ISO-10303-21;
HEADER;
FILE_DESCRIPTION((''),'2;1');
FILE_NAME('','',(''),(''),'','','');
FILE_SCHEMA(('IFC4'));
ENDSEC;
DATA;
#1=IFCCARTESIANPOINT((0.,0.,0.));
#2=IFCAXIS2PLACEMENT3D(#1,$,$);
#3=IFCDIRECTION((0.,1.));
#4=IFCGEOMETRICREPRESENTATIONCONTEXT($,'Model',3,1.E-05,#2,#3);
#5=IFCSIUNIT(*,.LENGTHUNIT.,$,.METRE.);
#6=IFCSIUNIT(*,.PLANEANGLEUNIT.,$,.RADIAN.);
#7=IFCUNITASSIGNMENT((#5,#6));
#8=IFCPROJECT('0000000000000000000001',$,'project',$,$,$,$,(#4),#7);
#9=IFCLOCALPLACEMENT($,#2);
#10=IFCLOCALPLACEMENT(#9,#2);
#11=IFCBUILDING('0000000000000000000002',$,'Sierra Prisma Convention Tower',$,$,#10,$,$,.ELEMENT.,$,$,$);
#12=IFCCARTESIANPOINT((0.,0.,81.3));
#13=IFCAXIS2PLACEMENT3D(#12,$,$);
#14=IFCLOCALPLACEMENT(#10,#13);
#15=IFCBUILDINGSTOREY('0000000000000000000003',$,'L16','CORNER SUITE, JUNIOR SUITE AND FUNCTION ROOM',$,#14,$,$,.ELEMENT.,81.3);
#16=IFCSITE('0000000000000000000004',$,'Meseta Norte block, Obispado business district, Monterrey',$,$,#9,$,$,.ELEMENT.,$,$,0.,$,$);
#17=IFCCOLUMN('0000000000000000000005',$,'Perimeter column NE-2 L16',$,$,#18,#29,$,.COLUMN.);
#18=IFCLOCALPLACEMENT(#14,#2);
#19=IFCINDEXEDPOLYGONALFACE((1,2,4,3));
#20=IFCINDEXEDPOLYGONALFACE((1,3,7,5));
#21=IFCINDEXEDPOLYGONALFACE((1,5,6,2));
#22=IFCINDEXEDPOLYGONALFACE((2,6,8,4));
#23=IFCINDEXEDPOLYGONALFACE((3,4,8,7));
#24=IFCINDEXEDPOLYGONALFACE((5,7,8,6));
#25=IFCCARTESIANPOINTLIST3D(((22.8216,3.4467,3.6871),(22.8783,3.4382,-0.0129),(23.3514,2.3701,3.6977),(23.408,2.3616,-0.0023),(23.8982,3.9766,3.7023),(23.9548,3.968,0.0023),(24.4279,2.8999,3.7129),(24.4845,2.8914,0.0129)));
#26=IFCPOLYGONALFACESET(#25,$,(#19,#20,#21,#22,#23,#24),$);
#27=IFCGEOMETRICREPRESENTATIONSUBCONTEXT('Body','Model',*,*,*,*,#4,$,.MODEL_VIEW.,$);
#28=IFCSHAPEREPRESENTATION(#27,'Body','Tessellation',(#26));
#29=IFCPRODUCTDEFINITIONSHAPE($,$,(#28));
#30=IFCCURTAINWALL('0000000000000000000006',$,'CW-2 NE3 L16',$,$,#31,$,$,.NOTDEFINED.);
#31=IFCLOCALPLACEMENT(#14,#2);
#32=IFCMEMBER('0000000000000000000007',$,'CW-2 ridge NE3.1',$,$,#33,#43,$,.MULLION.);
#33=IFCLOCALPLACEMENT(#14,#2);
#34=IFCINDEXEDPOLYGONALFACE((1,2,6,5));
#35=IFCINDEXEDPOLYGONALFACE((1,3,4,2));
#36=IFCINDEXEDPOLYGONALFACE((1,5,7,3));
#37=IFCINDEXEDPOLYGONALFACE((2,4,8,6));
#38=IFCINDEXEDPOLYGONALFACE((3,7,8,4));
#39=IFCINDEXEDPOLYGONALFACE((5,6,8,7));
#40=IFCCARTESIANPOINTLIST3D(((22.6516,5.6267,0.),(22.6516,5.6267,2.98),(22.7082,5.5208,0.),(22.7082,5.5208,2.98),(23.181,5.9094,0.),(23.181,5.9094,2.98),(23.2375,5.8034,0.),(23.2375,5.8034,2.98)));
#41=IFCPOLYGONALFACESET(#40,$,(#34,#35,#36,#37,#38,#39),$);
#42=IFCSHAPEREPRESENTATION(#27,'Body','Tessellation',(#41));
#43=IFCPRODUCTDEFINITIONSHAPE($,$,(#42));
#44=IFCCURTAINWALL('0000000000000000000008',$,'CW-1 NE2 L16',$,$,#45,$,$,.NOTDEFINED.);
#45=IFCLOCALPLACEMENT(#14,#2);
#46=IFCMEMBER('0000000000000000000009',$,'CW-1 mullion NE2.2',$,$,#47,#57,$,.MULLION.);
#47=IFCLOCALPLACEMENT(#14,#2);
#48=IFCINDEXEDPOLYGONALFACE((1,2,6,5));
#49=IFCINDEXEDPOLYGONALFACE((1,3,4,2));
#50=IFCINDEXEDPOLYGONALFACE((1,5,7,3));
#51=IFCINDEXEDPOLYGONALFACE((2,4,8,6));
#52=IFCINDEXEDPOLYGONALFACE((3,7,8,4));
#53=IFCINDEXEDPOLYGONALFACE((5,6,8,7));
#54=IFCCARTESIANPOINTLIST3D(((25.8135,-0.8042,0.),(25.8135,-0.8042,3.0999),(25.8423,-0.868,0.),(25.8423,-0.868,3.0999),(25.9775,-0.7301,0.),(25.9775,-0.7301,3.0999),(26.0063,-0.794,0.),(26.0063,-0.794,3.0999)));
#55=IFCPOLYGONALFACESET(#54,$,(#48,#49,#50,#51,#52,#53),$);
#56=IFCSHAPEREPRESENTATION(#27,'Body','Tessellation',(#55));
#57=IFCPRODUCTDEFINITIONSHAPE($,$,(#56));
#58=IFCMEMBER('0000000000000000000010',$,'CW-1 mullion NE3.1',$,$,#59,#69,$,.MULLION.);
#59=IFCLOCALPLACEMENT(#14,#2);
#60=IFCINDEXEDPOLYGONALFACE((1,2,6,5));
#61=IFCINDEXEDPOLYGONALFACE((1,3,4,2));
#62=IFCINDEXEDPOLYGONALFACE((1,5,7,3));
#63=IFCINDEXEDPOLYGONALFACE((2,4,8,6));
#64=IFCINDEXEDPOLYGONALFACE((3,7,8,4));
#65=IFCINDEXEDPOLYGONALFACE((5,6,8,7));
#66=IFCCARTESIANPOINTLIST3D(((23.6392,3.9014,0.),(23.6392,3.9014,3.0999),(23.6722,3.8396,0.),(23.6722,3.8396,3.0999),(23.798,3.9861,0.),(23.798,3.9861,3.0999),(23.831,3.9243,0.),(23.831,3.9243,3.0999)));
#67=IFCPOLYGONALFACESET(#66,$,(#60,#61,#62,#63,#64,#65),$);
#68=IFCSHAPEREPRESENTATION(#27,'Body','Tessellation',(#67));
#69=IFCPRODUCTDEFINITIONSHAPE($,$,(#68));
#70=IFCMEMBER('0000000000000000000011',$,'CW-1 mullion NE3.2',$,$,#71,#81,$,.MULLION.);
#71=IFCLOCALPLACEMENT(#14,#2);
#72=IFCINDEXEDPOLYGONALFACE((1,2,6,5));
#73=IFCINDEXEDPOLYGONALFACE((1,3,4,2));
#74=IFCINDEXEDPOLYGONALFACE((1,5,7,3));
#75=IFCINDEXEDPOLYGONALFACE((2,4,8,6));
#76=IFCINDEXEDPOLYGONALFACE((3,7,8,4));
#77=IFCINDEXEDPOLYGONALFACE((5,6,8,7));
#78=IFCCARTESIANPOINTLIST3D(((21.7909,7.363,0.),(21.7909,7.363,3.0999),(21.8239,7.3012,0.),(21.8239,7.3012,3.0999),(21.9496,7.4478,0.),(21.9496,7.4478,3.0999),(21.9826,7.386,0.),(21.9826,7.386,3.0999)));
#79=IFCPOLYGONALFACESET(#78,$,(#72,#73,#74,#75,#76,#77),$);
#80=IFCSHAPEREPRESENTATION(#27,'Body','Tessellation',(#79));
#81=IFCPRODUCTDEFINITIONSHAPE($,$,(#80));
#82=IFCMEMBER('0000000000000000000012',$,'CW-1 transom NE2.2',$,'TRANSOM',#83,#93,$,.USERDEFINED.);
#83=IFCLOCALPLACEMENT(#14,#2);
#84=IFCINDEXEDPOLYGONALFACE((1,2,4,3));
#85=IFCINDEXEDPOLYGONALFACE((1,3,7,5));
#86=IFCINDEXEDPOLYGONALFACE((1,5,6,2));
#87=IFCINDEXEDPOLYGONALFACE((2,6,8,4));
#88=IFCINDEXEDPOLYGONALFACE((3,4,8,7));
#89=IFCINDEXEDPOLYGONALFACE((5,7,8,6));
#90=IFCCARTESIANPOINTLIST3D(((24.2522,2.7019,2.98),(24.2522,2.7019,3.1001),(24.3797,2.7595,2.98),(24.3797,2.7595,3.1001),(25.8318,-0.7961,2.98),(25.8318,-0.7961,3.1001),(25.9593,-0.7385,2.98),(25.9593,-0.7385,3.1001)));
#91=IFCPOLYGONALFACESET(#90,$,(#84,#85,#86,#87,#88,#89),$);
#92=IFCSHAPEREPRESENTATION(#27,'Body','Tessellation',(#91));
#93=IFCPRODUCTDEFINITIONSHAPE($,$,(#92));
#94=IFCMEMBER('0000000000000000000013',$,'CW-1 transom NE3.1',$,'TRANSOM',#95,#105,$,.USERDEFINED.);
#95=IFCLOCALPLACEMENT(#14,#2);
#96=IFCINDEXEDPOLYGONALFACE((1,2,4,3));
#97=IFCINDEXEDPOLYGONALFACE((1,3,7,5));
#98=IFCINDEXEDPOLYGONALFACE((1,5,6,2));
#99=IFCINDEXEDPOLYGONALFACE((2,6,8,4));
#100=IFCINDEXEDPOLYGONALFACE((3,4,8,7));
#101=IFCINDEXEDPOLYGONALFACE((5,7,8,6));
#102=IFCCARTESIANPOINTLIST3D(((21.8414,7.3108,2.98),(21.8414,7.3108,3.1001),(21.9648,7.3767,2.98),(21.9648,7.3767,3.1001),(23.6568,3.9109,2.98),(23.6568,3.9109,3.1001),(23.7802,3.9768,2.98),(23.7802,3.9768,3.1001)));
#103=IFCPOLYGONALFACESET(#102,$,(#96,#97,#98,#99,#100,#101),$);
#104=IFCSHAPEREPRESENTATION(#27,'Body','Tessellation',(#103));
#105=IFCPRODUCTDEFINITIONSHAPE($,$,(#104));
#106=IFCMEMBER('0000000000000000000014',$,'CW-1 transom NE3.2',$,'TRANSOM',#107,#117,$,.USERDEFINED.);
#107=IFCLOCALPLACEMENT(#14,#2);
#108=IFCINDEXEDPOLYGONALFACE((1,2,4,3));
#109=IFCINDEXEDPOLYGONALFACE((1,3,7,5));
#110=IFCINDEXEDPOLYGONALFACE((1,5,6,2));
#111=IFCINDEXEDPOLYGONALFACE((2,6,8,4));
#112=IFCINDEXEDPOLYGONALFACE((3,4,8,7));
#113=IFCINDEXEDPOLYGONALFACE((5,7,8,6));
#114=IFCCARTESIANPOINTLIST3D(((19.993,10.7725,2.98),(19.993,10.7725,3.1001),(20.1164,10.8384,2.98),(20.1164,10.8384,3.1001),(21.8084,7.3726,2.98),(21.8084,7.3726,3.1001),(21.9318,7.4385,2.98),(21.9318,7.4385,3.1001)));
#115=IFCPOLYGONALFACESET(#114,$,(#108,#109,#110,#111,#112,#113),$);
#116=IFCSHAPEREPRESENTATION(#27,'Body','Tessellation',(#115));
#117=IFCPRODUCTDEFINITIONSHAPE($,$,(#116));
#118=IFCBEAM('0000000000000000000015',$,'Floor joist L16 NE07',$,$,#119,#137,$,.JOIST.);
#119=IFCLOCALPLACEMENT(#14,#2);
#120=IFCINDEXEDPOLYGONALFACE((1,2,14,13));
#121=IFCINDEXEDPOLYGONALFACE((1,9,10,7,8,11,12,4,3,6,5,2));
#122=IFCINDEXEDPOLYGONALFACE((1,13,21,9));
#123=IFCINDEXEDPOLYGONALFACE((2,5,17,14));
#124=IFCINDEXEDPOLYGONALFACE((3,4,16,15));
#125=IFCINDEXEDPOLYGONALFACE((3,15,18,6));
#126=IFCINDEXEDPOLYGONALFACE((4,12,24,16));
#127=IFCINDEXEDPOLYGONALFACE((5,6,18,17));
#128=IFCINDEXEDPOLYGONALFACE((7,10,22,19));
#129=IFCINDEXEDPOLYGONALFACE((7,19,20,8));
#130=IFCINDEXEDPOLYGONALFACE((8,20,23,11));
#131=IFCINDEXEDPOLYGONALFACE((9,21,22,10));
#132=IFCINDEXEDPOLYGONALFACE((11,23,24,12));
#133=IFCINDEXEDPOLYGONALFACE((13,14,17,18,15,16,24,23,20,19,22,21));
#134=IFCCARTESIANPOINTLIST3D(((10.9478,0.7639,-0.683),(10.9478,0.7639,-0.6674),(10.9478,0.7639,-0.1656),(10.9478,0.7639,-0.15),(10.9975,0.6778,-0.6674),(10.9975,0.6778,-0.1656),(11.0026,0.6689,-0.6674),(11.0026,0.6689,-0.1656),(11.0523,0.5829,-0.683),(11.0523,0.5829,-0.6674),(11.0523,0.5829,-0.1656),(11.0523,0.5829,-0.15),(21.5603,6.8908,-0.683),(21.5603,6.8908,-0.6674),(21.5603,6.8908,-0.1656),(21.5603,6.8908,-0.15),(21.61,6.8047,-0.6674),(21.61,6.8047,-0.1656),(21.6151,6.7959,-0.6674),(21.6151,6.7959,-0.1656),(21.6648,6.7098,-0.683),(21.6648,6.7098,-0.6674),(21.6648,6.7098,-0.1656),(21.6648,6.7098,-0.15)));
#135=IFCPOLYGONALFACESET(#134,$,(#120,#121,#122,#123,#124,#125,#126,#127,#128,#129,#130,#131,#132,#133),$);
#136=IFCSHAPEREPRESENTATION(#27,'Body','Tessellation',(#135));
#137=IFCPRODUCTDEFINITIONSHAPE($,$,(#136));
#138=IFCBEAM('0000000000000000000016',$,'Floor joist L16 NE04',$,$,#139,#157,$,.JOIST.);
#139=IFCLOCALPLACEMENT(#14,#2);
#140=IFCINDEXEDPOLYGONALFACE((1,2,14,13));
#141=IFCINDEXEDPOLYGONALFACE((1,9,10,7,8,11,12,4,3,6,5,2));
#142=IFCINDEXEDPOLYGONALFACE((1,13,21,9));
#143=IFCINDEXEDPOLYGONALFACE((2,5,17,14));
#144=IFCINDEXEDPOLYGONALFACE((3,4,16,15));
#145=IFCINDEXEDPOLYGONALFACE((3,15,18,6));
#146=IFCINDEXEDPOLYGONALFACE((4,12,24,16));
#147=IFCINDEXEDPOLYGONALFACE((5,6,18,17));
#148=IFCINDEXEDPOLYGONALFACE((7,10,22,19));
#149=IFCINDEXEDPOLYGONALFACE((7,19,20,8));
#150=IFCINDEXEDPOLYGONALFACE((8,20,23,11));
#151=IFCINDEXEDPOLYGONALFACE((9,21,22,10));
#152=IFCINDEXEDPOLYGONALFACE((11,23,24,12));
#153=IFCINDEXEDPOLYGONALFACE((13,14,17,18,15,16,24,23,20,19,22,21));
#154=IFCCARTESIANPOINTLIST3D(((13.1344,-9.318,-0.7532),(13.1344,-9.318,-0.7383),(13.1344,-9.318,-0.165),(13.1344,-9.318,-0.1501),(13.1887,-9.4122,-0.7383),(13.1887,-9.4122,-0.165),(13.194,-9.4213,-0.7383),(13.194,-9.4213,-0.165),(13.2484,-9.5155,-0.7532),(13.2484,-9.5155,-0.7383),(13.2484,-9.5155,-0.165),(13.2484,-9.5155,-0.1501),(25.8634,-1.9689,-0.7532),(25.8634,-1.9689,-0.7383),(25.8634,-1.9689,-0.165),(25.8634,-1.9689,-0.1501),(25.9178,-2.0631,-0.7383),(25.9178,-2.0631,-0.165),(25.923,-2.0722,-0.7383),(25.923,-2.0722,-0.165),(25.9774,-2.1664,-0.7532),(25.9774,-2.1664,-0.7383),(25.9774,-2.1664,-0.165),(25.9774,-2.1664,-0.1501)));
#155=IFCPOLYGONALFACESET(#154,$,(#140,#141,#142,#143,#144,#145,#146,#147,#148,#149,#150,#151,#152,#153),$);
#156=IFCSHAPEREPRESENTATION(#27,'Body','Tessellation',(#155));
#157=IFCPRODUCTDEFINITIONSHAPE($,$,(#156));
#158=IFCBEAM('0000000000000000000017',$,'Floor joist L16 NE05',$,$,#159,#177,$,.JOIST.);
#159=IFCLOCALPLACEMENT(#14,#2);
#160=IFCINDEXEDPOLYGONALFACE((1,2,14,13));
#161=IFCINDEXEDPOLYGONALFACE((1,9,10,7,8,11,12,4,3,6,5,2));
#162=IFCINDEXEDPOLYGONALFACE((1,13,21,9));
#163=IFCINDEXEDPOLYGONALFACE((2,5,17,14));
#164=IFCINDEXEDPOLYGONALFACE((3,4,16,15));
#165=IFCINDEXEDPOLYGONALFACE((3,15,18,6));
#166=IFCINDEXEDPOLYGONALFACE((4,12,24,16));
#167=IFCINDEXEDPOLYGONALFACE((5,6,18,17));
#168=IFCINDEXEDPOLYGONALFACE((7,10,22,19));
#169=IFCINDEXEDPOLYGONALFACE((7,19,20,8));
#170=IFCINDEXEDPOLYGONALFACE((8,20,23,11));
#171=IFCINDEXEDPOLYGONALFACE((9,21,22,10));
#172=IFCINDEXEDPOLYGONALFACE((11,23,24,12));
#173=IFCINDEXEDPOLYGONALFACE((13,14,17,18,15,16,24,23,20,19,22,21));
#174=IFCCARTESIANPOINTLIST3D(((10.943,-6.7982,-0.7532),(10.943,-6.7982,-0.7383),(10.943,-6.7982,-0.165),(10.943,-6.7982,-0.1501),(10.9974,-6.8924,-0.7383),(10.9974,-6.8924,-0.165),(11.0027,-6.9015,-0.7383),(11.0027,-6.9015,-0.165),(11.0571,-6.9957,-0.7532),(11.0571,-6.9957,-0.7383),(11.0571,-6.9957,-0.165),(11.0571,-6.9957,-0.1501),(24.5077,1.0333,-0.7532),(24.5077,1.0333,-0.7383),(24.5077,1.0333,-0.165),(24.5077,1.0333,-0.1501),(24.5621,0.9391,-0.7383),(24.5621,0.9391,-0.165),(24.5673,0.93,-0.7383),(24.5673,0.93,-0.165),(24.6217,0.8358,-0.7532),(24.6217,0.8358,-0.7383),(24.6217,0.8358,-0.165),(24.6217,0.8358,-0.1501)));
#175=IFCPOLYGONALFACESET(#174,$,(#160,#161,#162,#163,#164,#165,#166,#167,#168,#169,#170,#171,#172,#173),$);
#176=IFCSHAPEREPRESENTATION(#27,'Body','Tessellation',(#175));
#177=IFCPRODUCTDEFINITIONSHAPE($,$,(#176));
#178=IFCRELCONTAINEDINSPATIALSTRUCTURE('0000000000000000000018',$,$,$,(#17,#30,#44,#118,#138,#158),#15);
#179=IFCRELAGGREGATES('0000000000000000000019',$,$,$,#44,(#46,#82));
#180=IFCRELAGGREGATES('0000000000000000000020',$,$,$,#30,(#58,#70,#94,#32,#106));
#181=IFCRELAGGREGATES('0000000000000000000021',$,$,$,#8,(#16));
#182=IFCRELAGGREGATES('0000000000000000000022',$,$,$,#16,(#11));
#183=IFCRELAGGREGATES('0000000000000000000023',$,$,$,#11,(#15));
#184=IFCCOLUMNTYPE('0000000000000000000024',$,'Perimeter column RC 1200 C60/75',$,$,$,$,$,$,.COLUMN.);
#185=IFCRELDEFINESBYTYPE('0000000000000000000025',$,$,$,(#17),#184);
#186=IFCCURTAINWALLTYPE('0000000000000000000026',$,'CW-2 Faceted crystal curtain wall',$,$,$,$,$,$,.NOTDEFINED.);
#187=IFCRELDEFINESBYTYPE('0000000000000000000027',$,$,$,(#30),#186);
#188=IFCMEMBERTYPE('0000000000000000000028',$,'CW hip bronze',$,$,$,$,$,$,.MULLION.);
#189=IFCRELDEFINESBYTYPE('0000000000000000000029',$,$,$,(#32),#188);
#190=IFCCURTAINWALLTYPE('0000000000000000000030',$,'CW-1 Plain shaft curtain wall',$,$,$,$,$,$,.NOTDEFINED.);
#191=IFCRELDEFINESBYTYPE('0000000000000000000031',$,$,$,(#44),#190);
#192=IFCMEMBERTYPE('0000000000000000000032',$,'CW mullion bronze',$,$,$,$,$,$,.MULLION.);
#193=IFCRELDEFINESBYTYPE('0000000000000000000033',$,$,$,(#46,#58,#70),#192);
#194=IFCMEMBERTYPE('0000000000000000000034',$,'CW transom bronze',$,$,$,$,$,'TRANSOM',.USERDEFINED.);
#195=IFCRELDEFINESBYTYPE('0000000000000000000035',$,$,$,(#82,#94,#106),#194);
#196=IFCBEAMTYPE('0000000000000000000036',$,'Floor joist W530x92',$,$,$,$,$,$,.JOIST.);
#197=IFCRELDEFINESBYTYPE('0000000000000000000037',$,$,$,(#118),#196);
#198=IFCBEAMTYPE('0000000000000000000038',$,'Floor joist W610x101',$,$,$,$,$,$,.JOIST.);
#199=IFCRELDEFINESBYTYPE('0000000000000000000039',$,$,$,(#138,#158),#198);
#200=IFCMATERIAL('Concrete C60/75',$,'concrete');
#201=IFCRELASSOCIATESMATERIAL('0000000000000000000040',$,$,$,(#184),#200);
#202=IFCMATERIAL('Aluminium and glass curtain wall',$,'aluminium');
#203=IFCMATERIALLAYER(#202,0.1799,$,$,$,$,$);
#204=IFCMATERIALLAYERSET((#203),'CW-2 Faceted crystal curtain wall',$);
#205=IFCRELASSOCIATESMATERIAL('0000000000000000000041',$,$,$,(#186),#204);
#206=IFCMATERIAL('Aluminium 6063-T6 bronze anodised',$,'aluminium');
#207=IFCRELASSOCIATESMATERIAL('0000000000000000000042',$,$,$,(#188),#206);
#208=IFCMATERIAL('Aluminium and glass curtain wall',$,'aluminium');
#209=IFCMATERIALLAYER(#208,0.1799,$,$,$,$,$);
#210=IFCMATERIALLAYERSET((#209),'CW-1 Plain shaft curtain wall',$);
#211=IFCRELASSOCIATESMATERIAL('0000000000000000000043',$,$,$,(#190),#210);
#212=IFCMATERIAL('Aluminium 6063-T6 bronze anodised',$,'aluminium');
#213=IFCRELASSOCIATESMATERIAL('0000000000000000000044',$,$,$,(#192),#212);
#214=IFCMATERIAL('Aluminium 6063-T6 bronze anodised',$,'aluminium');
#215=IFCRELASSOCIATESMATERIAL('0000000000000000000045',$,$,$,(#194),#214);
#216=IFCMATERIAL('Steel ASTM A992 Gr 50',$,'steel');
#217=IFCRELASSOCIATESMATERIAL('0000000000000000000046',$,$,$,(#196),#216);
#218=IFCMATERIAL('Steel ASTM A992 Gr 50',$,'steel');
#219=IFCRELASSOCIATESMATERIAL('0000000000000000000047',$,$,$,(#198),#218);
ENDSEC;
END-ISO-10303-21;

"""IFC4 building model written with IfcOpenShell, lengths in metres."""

from ifc_helpers import new_model, si_unit, direction, frame, origin, origin_2d, place, context, subcontext, project, spatial, rectangle, i_section, extrude, material, layer, layer_set, material_profile, profile_set, type_object, element, aggregate, save


model = new_model("IFC4")

# Units and contexts
model_context = context("Model", 3, precision=1e-05, world=origin(), true_north=direction((0.0, 1.0)))
body_context = subcontext(model_context, "Body", "Model", "MODEL_VIEW")
ifc_project = project(units=[si_unit("LENGTHUNIT", "METRE"), si_unit("PLANEANGLEUNIT", "RADIAN")], contexts=[model_context])

# Site, building, storey
site_placement = place(None, origin())
site = spatial("IfcSite", under=ifc_project, at=site_placement, Name="Meseta Norte block, Obispado business district, Monterrey", CompositionType="ELEMENT", RefElevation=0.0)
building_placement = place(site_placement, origin())
building = spatial("IfcBuilding", under=site, at=building_placement, Name="Sierra Prisma Convention Tower", CompositionType="ELEMENT")
storey_placement = place(building_placement, frame((0.0, 0.0, 81.3)))
storey = spatial("IfcBuildingStorey", under=building, at=storey_placement, Name="L16", Description="CORNER SUITE, JUNIOR SUITE AND FUNCTION ROOM", CompositionType="ELEMENT", Elevation=81.3)

# Column
ifc_material_1 = material(Name="Concrete C60/75", Category="concrete")
ifc_material_profile_1 = material_profile(ifc_material_1, rectangle(XDim=1.2, YDim=1.2, at=origin_2d()), Name="Perimeter column RC 1200 C60/75")
ifc_profile_set_1 = profile_set([ifc_material_profile_1], Name="Concrete C60/75")
column_type = type_object("IfcColumnType", Name="Perimeter column RC 1200 C60/75", PredefinedType="COLUMN", material=ifc_profile_set_1)
column_placement = place(storey_placement, frame((23.6814, 3.1648, 0.0), z_axis=(-0.015307, 0.002309, 0.99988), x_axis=(-0.441467, 0.897234, -0.00883)))
element("IfcColumn", 1, at=column_placement, inside=storey, type_object=column_type, Name="Perimeter column NE-2 L16", PredefinedType="COLUMN", context=body_context, shape_type="SweptSolid", body=[
    extrude(rectangle(XDim=1.2, YDim=1.2, at=origin_2d()), origin(), (0.0, 0.0, 1.0), 3.7004),
])

# Curtain walls, members
ifc_material_2 = material(Name="Aluminium and glass curtain wall", Category="aluminium")
ifc_layer_1 = layer(ifc_material_2, 0.1799)
ifc_layer_set_1 = layer_set([ifc_layer_1], Name="CW-2 Faceted crystal curtain wall")
curtain_wall_type_1 = type_object("IfcCurtainWallType", Name="CW-2 Faceted crystal curtain wall", PredefinedType="NOTDEFINED", material=ifc_layer_set_1)
curtain_wall_1_placement = place(storey_placement, origin())
curtain_wall_1 = element("IfcCurtainWall", 2, at=curtain_wall_1_placement, inside=storey, type_object=curtain_wall_type_1, Name="CW-2 NE3 L16", PredefinedType="NOTDEFINED")
ifc_material_3 = material(Name="Aluminium 6063-T6 bronze anodised", Category="aluminium")
ifc_material_profile_2 = material_profile(ifc_material_3, rectangle(XDim=0.1201, YDim=0.6001, at=origin_2d()), Name="ALU RIDGE BLADE 120x600")
ifc_profile_set_2 = profile_set([ifc_material_profile_2], Name="Aluminium 6063-T6 bronze anodised")
member_type_1 = type_object("IfcMemberType", Name="CW hip bronze", PredefinedType="MULLION", material=ifc_profile_set_2)
member_1_placement = place(storey_placement, frame((22.9446, 5.7151, 0.0), z_axis=(0.0, 0.0, 1.0), x_axis=(-0.471018, 0.882123, 0.0)))
member_1 = element("IfcMember", 3, at=member_1_placement, type_object=member_type_1, Name="CW-2 ridge NE3.1", PredefinedType="MULLION", context=body_context, shape_type="SweptSolid", body=[
    extrude(rectangle(XDim=0.1201, YDim=0.6001, at=origin_2d()), origin(), (0.0, 0.0, 1.0), 2.98),
])
ifc_material_4 = material(Name="Aluminium and glass curtain wall", Category="aluminium")
ifc_layer_2 = layer(ifc_material_4, 0.1799)
ifc_layer_set_2 = layer_set([ifc_layer_2], Name="CW-1 Plain shaft curtain wall")
curtain_wall_type_2 = type_object("IfcCurtainWallType", Name="CW-1 Plain shaft curtain wall", PredefinedType="NOTDEFINED", material=ifc_layer_set_2)
curtain_wall_2_placement = place(storey_placement, origin())
curtain_wall_2 = element("IfcCurtainWall", 4, at=curtain_wall_2_placement, inside=storey, type_object=curtain_wall_type_2, Name="CW-1 NE2 L16", PredefinedType="NOTDEFINED")
ifc_material_5 = material(Name="Aluminium 6063-T6 bronze anodised", Category="aluminium")
ifc_material_profile_3 = material_profile(ifc_material_5, rectangle(XDim=0.1799, YDim=0.0701, at=origin_2d()), Name="ALU MULLION 70x180")
ifc_profile_set_3 = profile_set([ifc_material_profile_3], Name="Aluminium 6063-T6 bronze anodised")
member_type_2 = type_object("IfcMemberType", Name="CW mullion bronze", PredefinedType="MULLION", material=ifc_profile_set_3)
member_2_placement = place(storey_placement, frame((25.9099, -0.7991, 0.0), z_axis=(0.0, 0.0, 1.0), x_axis=(-0.911394, -0.411534, 0.0)))
member_2 = element("IfcMember", 5, at=member_2_placement, type_object=member_type_2, Name="CW-1 mullion NE2.2", PredefinedType="MULLION", context=body_context, shape_type="SweptSolid", body=[
    extrude(rectangle(XDim=0.1799, YDim=0.0701, at=origin_2d()), origin(), (0.0, 0.0, 1.0), 3.0999),
])

# Members
member_3_placement = place(storey_placement, frame((23.7351, 3.9128, 0.0), z_axis=(0.0, 0.0, 1.0), x_axis=(-0.882123, -0.471018, 0.0)))
member_3 = element("IfcMember", 6, at=member_3_placement, type_object=member_type_2, Name="CW-1 mullion NE3.1", PredefinedType="MULLION", context=body_context, shape_type="SweptSolid", body=[
    extrude(rectangle(XDim=0.1799, YDim=0.0701, at=origin_2d()), origin(), (0.0, 0.0, 1.0), 3.0999),
])
member_4_placement = place(storey_placement, frame((21.8867, 7.3745, 0.0), z_axis=(0.0, 0.0, 1.0), x_axis=(-0.882123, -0.471018, 0.0)))
member_4 = element("IfcMember", 7, at=member_4_placement, type_object=member_type_2, Name="CW-1 mullion NE3.2", PredefinedType="MULLION", context=body_context, shape_type="SweptSolid", body=[
    extrude(rectangle(XDim=0.1799, YDim=0.0701, at=origin_2d()), origin(), (0.0, 0.0, 1.0), 3.0999),
])
ifc_material_6 = material(Name="Aluminium 6063-T6 bronze anodised", Category="aluminium")
ifc_material_profile_4 = material_profile(ifc_material_6, rectangle(XDim=0.1399, YDim=0.1201, at=origin_2d()), Name="ALU TRANSOM 120x140")
ifc_profile_set_4 = profile_set([ifc_material_profile_4], Name="Aluminium 6063-T6 bronze anodised")
member_type_3 = type_object("IfcMemberType", Name="CW transom bronze", ElementType="TRANSOM", PredefinedType="USERDEFINED", material=ifc_profile_set_4)
member_5_placement = place(storey_placement, frame((25.8955, -0.7673, 3.04), z_axis=(-0.411549, 0.911388, 0.0), x_axis=(-0.911388, -0.411549, 0.0)))
member_5 = element("IfcMember", 8, at=member_5_placement, type_object=member_type_3, Name="CW-1 transom NE2.2", ObjectType="TRANSOM", PredefinedType="USERDEFINED", context=body_context, shape_type="SweptSolid", body=[
    extrude(rectangle(XDim=0.1399, YDim=0.1201, at=origin_2d()), origin(), (0.0, 0.0, 1.0), 3.8381),
])
member_6_placement = place(storey_placement, frame((23.7185, 3.9438, 3.04), z_axis=(-0.471022, 0.882121, 0.0), x_axis=(-0.882121, -0.471022, 0.0)))
member_6 = element("IfcMember", 9, at=member_6_placement, type_object=member_type_3, Name="CW-1 transom NE3.1", ObjectType="TRANSOM", PredefinedType="USERDEFINED", context=body_context, shape_type="SweptSolid", body=[
    extrude(rectangle(XDim=0.1399, YDim=0.1201, at=origin_2d()), origin(), (0.0, 0.0, 1.0), 3.8542),
])
member_7_placement = place(storey_placement, frame((21.8701, 7.4055, 3.04), z_axis=(-0.471022, 0.882121, 0.0), x_axis=(-0.882121, -0.471022, 0.0)))
member_7 = element("IfcMember", 10, at=member_7_placement, type_object=member_type_3, Name="CW-1 transom NE3.2", ObjectType="TRANSOM", PredefinedType="USERDEFINED", context=body_context, shape_type="SweptSolid", body=[
    extrude(rectangle(XDim=0.1399, YDim=0.1201, at=origin_2d()), origin(), (0.0, 0.0, 1.0), 3.8542),
])

# Beams
ifc_material_7 = material(Name="Steel ASTM A992 Gr 50", Category="steel")
ifc_material_profile_5 = material_profile(ifc_material_7, i_section(OverallWidth=0.209, OverallDepth=0.533, WebThickness=0.0103, FlangeThickness=0.0156, at=origin_2d()), Name="W530x92")
ifc_profile_set_5 = profile_set([ifc_material_profile_5], Name="Steel ASTM A992 Gr 50")
beam_type_1 = type_object("IfcBeamType", Name="Floor joist W530x92", PredefinedType="JOIST", material=ifc_profile_set_5)
beam_1_placement = place(storey_placement, frame((21.6125, 6.8003, -0.4165), z_axis=(-0.866033, -0.499987, 0.0), x_axis=(0.499987, -0.866033, 0.0)))
element("IfcBeam", 11, at=beam_1_placement, inside=storey, type_object=beam_type_1, Name="Floor joist L16 NE07", PredefinedType="JOIST", context=body_context, shape_type="SweptSolid", body=[
    extrude(i_section(OverallWidth=0.209, OverallDepth=0.533, WebThickness=0.0103, FlangeThickness=0.0156, at=origin_2d()), origin(), (0.0, 0.0, 1.0), 12.2542),
])
ifc_material_8 = material(Name="Steel ASTM A992 Gr 50", Category="steel")
ifc_material_profile_6 = material_profile(ifc_material_8, i_section(OverallWidth=0.228, OverallDepth=0.603, WebThickness=0.0105, FlangeThickness=0.0149, at=origin_2d()), Name="W610x101")
ifc_profile_set_6 = profile_set([ifc_material_profile_6], Name="Steel ASTM A992 Gr 50")
beam_type_2 = type_object("IfcBeamType", Name="Floor joist W610x101", PredefinedType="JOIST", material=ifc_profile_set_6)
beam_2_placement = place(storey_placement, frame((25.9204, -2.0676, -0.4517), z_axis=(-0.866025, -0.500001, 0.0), x_axis=(0.500001, -0.866025, 0.0)))
element("IfcBeam", 12, at=beam_2_placement, inside=storey, type_object=beam_type_2, Name="Floor joist L16 NE04", PredefinedType="JOIST", context=body_context, shape_type="SweptSolid", body=[
    extrude(i_section(OverallWidth=0.228, OverallDepth=0.603, WebThickness=0.0105, FlangeThickness=0.0149, at=origin_2d()), origin(), (0.0, 0.0, 1.0), 14.6982),
])
beam_3_placement = place(storey_placement, frame((24.5647, 0.9346, -0.4517), z_axis=(-0.866026, -0.499998, 0.0), x_axis=(0.499998, -0.866026, 0.0)))
element("IfcBeam", 13, at=beam_3_placement, inside=storey, type_object=beam_type_2, Name="Floor joist L16 NE05", PredefinedType="JOIST", context=body_context, shape_type="SweptSolid", body=[
    extrude(i_section(OverallWidth=0.228, OverallDepth=0.603, WebThickness=0.0105, FlangeThickness=0.0149, at=origin_2d()), origin(), (0.0, 0.0, 1.0), 15.6631),
])

aggregate(curtain_wall_2, [member_2, member_5])
aggregate(curtain_wall_1, [member_3, member_4, member_6, member_1, member_7])

save(model, "model.ifc")
